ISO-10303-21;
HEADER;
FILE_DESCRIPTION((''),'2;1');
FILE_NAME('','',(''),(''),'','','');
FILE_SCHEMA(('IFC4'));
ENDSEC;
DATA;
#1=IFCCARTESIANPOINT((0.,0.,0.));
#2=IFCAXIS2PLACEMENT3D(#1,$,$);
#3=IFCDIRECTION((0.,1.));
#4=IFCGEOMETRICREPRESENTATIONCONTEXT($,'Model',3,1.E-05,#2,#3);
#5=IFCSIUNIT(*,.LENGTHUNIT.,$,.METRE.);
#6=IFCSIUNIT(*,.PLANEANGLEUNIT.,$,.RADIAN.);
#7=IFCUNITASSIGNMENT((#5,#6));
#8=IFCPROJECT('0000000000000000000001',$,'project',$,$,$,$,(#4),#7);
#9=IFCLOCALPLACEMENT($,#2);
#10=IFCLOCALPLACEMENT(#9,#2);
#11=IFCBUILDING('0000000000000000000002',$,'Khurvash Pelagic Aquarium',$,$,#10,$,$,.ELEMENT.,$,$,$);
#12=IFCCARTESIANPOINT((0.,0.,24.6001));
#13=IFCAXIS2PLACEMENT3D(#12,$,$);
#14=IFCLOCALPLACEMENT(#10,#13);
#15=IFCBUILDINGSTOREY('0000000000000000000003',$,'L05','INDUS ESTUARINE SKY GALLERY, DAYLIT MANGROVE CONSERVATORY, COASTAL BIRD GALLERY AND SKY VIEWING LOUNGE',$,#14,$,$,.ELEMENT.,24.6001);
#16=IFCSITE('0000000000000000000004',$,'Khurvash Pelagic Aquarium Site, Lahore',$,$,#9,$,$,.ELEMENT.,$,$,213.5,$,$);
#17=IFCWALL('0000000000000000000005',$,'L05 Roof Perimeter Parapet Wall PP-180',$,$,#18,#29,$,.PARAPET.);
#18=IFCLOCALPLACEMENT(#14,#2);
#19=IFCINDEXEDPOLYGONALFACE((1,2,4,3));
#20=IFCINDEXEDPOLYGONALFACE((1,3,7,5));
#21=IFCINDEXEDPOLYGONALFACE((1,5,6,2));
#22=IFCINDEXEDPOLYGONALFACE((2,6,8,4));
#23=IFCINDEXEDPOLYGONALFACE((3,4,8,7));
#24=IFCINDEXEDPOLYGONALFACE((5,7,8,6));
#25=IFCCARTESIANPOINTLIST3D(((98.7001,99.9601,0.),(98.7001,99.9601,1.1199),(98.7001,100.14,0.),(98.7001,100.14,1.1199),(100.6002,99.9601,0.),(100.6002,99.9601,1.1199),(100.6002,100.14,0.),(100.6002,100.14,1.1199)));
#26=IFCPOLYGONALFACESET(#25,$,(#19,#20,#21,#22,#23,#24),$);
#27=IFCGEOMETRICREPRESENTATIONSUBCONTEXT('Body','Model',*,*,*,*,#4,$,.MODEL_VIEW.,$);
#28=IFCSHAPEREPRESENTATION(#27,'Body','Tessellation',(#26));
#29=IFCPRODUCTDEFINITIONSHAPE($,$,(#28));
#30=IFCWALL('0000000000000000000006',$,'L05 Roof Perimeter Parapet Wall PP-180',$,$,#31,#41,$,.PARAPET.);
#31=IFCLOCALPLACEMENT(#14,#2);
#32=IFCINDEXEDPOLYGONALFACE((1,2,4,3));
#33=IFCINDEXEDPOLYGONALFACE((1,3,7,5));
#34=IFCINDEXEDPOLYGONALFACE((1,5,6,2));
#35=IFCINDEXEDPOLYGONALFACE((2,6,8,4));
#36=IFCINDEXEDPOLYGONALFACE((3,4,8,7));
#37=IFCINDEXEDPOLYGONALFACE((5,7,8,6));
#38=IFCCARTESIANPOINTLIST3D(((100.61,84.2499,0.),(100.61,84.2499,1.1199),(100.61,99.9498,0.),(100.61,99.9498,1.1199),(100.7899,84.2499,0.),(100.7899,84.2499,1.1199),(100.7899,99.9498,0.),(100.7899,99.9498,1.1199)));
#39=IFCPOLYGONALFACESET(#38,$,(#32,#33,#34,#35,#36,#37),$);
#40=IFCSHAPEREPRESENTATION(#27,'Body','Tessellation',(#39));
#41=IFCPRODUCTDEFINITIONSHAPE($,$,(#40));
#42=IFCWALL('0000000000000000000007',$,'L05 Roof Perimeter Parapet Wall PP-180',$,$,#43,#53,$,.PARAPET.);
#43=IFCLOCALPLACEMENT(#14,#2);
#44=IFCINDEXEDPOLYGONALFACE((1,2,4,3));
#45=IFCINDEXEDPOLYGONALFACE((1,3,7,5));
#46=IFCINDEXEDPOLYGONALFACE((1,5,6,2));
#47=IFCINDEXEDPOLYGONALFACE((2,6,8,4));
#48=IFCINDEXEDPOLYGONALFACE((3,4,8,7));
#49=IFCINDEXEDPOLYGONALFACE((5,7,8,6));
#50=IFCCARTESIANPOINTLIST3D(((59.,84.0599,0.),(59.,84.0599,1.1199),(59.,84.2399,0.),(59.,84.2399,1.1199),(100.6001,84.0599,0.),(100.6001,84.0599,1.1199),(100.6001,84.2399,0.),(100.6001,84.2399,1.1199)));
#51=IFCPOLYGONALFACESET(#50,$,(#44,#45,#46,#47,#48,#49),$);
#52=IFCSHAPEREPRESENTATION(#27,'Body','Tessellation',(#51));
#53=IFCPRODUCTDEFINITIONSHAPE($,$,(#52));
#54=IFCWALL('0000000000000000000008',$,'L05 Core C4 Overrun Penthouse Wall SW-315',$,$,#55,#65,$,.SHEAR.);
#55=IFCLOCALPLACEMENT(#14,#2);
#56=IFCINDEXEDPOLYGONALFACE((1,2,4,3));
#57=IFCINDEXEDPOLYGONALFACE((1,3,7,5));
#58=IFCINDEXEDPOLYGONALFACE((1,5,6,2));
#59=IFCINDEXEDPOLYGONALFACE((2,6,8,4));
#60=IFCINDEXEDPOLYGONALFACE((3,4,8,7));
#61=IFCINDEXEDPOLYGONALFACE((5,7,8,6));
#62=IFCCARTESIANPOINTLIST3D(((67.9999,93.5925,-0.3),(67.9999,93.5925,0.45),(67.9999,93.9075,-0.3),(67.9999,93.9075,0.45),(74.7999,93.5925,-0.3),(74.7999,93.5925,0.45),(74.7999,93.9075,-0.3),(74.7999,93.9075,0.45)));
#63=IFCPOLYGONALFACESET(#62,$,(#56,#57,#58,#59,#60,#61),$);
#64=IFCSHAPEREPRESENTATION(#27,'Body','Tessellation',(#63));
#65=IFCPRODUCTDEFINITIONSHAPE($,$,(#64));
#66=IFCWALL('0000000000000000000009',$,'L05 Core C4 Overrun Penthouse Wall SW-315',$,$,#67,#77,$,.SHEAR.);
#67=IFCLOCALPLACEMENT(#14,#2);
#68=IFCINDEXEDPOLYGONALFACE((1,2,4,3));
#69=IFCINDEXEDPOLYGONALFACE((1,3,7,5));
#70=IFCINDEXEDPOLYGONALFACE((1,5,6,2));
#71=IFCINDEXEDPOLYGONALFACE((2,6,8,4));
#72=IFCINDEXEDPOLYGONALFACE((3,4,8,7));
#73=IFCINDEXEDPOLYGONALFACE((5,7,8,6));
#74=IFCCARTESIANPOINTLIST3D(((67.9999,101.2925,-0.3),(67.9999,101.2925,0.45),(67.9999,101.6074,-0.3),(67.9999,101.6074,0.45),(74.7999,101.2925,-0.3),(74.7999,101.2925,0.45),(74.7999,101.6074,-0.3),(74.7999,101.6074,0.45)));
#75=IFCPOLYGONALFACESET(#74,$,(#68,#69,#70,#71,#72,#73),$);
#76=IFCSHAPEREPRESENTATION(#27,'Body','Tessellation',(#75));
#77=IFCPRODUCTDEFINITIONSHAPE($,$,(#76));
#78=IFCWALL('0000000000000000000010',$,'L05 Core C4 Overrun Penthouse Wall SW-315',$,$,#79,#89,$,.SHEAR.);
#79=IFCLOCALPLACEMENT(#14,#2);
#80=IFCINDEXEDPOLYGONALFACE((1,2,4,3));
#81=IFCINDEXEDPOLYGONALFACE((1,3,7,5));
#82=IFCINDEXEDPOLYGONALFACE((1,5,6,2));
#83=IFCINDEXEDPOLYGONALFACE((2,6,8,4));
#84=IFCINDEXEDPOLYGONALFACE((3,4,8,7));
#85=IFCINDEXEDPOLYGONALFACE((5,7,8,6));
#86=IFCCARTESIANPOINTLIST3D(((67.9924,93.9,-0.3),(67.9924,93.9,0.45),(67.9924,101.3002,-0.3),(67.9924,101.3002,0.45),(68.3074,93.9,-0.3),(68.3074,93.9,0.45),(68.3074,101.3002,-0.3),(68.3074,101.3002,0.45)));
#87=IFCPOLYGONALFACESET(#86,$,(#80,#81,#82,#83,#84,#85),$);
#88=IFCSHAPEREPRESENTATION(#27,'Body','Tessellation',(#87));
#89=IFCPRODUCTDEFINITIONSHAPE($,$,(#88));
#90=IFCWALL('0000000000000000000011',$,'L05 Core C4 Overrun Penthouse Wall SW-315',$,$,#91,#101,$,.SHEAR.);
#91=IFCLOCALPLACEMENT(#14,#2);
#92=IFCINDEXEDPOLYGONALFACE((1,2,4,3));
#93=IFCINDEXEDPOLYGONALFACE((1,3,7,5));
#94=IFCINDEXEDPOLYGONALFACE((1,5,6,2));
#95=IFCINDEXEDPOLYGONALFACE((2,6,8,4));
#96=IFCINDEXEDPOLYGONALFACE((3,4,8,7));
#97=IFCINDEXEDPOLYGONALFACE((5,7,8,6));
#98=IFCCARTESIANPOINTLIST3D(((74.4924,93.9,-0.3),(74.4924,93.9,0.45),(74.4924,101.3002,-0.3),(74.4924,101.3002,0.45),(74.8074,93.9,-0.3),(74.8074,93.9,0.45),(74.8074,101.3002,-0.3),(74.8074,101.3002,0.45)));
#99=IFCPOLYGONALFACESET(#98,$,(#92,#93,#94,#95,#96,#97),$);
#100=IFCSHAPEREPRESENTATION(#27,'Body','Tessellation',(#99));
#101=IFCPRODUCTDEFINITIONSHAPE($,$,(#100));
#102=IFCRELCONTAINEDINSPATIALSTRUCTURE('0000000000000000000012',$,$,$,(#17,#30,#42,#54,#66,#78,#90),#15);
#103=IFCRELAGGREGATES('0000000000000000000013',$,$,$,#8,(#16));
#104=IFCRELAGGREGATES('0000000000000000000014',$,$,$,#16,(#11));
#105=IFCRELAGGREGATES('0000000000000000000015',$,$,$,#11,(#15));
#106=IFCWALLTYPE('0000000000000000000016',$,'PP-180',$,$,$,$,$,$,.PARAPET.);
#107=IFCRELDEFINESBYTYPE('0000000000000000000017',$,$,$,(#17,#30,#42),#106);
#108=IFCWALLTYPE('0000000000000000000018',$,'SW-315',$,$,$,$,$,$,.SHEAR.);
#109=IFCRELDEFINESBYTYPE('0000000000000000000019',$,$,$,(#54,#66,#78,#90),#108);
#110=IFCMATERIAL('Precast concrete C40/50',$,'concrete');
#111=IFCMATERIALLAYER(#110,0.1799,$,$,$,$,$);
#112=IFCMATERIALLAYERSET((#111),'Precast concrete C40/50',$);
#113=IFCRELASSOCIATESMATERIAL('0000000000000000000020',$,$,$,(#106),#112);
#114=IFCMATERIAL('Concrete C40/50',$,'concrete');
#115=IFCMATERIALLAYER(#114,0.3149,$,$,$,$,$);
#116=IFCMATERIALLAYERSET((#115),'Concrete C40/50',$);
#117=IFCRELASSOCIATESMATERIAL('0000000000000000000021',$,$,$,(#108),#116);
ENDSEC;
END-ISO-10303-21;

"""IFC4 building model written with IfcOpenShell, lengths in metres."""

from ifc_helpers import new_model, si_unit, direction, frame, frame_2d, origin, place, context, subcontext, project, spatial, rectangle, extrude, material, layer, layer_set, type_object, element, save


model = new_model("IFC4")

# Units and contexts
model_context = context("Model", 3, precision=1e-05, world=origin(), true_north=direction((0.0, 1.0)))
body_context = subcontext(model_context, "Body", "Model", "MODEL_VIEW")
ifc_project = project(units=[si_unit("LENGTHUNIT", "METRE"), si_unit("PLANEANGLEUNIT", "RADIAN")], contexts=[model_context])

# Site, building, storey
site_placement = place(None, origin())
site = spatial("IfcSite", under=ifc_project, at=site_placement, Name="Khurvash Pelagic Aquarium Site, Lahore", CompositionType="ELEMENT", RefElevation=213.5)
building_placement = place(site_placement, origin())
building = spatial("IfcBuilding", under=site, at=building_placement, Name="Khurvash Pelagic Aquarium", CompositionType="ELEMENT")
storey_placement = place(building_placement, frame((0.0, 0.0, 24.6001)))
storey = spatial("IfcBuildingStorey", under=building, at=storey_placement, Name="L05", Description="INDUS ESTUARINE SKY GALLERY, DAYLIT MANGROVE CONSERVATORY, COASTAL BIRD GALLERY AND SKY VIEWING LOUNGE", CompositionType="ELEMENT", Elevation=24.6001)

# Walls
ifc_material_1 = material(Name="Precast concrete C40/50", Category="concrete")
ifc_layer_1 = layer(ifc_material_1, 0.1799)
ifc_layer_set_1 = layer_set([ifc_layer_1], Name="Precast concrete C40/50")
wall_type_1 = type_object("IfcWallType", Name="PP-180", PredefinedType="PARAPET", material=ifc_layer_set_1)
wall_1_placement = place(storey_placement, frame((98.7, 100.05, 0.0), z_axis=(0.0, 0.0, 1.0), x_axis=(1.0, 0.0, 0.0)))
element("IfcWall", 1, at=wall_1_placement, inside=storey, type_object=wall_type_1, Name="L05 Roof Perimeter Parapet Wall PP-180", PredefinedType="PARAPET", context=body_context, shape_type="SweptSolid", body=[
    extrude(rectangle(XDim=1.9001, YDim=0.1799, at=frame_2d((0.9502, 0.0))), origin(), (0.0, 0.0, 1.0), 1.1199),
])
wall_2_placement = place(storey_placement, frame((100.7, 99.95, 0.0), z_axis=(0.0, 0.0, 1.0), x_axis=(0.0, -1.0, 0.0)))
element("IfcWall", 2, at=wall_2_placement, inside=storey, type_object=wall_type_1, Name="L05 Roof Perimeter Parapet Wall PP-180", PredefinedType="PARAPET", context=body_context, shape_type="SweptSolid", body=[
    extrude(rectangle(XDim=15.7, YDim=0.1799, at=frame_2d((7.8501, 0.0))), origin(), (0.0, 0.0, 1.0), 1.1199),
])
wall_3_placement = place(storey_placement, frame((100.6001, 84.1499, 0.0), z_axis=(0.0, 0.0, 1.0), x_axis=(-1.0, 0.0, 0.0)))
element("IfcWall", 3, at=wall_3_placement, inside=storey, type_object=wall_type_1, Name="L05 Roof Perimeter Parapet Wall PP-180", PredefinedType="PARAPET", context=body_context, shape_type="SweptSolid", body=[
    extrude(rectangle(XDim=41.6001, YDim=0.1799, at=frame_2d((20.8, 0.0))), origin(), (0.0, 0.0, 1.0), 1.1199),
])
ifc_material_2 = material(Name="Concrete C40/50", Category="concrete")
ifc_layer_2 = layer(ifc_material_2, 0.3149)
ifc_layer_set_2 = layer_set([ifc_layer_2], Name="Concrete C40/50")
wall_type_2 = type_object("IfcWallType", Name="SW-315", PredefinedType="SHEAR", material=ifc_layer_set_2)
for number, where, z_axis, x_axis, name in (
    (4, (68.0, 93.75, -0.3), (0.0, 0.0, 1.0), (1.0, 0.0, 0.0), "L05 Core C4 Overrun Penthouse Wall SW-315"),
    (5, (68.0, 101.45, -0.3), (0.0, 0.0, 1.0), (1.0, 0.0, 0.0), "L05 Core C4 Overrun Penthouse Wall SW-315"),
):
    element("IfcWall", number, at=place(storey_placement, frame(where, z_axis=z_axis, x_axis=x_axis)), inside=storey, type_object=wall_type_2, Name=name, PredefinedType="SHEAR", context=body_context, shape_type="SweptSolid", body=[
        extrude(rectangle(XDim=6.8, YDim=0.3149, at=frame_2d((3.3999, 0.0))), origin(), (0.0, 0.0, 1.0), 0.75),
    ])
for number, where, z_axis, x_axis, name in (
    (6, (68.1499, 93.8999, -0.3), (0.0, 0.0, 1.0), (0.0, 1.0, 0.0), "L05 Core C4 Overrun Penthouse Wall SW-315"),
    (7, (74.6499, 93.8999, -0.3), (0.0, 0.0, 1.0), (0.0, 1.0, 0.0), "L05 Core C4 Overrun Penthouse Wall SW-315"),
):
    element("IfcWall", number, at=place(storey_placement, frame(where, z_axis=z_axis, x_axis=x_axis)), inside=storey, type_object=wall_type_2, Name=name, PredefinedType="SHEAR", context=body_context, shape_type="SweptSolid", body=[
        extrude(rectangle(XDim=7.4001, YDim=0.3149, at=frame_2d((3.7002, 0.0))), origin(), (0.0, 0.0, 1.0), 0.75),
    ])

save(model, "model.ifc")
